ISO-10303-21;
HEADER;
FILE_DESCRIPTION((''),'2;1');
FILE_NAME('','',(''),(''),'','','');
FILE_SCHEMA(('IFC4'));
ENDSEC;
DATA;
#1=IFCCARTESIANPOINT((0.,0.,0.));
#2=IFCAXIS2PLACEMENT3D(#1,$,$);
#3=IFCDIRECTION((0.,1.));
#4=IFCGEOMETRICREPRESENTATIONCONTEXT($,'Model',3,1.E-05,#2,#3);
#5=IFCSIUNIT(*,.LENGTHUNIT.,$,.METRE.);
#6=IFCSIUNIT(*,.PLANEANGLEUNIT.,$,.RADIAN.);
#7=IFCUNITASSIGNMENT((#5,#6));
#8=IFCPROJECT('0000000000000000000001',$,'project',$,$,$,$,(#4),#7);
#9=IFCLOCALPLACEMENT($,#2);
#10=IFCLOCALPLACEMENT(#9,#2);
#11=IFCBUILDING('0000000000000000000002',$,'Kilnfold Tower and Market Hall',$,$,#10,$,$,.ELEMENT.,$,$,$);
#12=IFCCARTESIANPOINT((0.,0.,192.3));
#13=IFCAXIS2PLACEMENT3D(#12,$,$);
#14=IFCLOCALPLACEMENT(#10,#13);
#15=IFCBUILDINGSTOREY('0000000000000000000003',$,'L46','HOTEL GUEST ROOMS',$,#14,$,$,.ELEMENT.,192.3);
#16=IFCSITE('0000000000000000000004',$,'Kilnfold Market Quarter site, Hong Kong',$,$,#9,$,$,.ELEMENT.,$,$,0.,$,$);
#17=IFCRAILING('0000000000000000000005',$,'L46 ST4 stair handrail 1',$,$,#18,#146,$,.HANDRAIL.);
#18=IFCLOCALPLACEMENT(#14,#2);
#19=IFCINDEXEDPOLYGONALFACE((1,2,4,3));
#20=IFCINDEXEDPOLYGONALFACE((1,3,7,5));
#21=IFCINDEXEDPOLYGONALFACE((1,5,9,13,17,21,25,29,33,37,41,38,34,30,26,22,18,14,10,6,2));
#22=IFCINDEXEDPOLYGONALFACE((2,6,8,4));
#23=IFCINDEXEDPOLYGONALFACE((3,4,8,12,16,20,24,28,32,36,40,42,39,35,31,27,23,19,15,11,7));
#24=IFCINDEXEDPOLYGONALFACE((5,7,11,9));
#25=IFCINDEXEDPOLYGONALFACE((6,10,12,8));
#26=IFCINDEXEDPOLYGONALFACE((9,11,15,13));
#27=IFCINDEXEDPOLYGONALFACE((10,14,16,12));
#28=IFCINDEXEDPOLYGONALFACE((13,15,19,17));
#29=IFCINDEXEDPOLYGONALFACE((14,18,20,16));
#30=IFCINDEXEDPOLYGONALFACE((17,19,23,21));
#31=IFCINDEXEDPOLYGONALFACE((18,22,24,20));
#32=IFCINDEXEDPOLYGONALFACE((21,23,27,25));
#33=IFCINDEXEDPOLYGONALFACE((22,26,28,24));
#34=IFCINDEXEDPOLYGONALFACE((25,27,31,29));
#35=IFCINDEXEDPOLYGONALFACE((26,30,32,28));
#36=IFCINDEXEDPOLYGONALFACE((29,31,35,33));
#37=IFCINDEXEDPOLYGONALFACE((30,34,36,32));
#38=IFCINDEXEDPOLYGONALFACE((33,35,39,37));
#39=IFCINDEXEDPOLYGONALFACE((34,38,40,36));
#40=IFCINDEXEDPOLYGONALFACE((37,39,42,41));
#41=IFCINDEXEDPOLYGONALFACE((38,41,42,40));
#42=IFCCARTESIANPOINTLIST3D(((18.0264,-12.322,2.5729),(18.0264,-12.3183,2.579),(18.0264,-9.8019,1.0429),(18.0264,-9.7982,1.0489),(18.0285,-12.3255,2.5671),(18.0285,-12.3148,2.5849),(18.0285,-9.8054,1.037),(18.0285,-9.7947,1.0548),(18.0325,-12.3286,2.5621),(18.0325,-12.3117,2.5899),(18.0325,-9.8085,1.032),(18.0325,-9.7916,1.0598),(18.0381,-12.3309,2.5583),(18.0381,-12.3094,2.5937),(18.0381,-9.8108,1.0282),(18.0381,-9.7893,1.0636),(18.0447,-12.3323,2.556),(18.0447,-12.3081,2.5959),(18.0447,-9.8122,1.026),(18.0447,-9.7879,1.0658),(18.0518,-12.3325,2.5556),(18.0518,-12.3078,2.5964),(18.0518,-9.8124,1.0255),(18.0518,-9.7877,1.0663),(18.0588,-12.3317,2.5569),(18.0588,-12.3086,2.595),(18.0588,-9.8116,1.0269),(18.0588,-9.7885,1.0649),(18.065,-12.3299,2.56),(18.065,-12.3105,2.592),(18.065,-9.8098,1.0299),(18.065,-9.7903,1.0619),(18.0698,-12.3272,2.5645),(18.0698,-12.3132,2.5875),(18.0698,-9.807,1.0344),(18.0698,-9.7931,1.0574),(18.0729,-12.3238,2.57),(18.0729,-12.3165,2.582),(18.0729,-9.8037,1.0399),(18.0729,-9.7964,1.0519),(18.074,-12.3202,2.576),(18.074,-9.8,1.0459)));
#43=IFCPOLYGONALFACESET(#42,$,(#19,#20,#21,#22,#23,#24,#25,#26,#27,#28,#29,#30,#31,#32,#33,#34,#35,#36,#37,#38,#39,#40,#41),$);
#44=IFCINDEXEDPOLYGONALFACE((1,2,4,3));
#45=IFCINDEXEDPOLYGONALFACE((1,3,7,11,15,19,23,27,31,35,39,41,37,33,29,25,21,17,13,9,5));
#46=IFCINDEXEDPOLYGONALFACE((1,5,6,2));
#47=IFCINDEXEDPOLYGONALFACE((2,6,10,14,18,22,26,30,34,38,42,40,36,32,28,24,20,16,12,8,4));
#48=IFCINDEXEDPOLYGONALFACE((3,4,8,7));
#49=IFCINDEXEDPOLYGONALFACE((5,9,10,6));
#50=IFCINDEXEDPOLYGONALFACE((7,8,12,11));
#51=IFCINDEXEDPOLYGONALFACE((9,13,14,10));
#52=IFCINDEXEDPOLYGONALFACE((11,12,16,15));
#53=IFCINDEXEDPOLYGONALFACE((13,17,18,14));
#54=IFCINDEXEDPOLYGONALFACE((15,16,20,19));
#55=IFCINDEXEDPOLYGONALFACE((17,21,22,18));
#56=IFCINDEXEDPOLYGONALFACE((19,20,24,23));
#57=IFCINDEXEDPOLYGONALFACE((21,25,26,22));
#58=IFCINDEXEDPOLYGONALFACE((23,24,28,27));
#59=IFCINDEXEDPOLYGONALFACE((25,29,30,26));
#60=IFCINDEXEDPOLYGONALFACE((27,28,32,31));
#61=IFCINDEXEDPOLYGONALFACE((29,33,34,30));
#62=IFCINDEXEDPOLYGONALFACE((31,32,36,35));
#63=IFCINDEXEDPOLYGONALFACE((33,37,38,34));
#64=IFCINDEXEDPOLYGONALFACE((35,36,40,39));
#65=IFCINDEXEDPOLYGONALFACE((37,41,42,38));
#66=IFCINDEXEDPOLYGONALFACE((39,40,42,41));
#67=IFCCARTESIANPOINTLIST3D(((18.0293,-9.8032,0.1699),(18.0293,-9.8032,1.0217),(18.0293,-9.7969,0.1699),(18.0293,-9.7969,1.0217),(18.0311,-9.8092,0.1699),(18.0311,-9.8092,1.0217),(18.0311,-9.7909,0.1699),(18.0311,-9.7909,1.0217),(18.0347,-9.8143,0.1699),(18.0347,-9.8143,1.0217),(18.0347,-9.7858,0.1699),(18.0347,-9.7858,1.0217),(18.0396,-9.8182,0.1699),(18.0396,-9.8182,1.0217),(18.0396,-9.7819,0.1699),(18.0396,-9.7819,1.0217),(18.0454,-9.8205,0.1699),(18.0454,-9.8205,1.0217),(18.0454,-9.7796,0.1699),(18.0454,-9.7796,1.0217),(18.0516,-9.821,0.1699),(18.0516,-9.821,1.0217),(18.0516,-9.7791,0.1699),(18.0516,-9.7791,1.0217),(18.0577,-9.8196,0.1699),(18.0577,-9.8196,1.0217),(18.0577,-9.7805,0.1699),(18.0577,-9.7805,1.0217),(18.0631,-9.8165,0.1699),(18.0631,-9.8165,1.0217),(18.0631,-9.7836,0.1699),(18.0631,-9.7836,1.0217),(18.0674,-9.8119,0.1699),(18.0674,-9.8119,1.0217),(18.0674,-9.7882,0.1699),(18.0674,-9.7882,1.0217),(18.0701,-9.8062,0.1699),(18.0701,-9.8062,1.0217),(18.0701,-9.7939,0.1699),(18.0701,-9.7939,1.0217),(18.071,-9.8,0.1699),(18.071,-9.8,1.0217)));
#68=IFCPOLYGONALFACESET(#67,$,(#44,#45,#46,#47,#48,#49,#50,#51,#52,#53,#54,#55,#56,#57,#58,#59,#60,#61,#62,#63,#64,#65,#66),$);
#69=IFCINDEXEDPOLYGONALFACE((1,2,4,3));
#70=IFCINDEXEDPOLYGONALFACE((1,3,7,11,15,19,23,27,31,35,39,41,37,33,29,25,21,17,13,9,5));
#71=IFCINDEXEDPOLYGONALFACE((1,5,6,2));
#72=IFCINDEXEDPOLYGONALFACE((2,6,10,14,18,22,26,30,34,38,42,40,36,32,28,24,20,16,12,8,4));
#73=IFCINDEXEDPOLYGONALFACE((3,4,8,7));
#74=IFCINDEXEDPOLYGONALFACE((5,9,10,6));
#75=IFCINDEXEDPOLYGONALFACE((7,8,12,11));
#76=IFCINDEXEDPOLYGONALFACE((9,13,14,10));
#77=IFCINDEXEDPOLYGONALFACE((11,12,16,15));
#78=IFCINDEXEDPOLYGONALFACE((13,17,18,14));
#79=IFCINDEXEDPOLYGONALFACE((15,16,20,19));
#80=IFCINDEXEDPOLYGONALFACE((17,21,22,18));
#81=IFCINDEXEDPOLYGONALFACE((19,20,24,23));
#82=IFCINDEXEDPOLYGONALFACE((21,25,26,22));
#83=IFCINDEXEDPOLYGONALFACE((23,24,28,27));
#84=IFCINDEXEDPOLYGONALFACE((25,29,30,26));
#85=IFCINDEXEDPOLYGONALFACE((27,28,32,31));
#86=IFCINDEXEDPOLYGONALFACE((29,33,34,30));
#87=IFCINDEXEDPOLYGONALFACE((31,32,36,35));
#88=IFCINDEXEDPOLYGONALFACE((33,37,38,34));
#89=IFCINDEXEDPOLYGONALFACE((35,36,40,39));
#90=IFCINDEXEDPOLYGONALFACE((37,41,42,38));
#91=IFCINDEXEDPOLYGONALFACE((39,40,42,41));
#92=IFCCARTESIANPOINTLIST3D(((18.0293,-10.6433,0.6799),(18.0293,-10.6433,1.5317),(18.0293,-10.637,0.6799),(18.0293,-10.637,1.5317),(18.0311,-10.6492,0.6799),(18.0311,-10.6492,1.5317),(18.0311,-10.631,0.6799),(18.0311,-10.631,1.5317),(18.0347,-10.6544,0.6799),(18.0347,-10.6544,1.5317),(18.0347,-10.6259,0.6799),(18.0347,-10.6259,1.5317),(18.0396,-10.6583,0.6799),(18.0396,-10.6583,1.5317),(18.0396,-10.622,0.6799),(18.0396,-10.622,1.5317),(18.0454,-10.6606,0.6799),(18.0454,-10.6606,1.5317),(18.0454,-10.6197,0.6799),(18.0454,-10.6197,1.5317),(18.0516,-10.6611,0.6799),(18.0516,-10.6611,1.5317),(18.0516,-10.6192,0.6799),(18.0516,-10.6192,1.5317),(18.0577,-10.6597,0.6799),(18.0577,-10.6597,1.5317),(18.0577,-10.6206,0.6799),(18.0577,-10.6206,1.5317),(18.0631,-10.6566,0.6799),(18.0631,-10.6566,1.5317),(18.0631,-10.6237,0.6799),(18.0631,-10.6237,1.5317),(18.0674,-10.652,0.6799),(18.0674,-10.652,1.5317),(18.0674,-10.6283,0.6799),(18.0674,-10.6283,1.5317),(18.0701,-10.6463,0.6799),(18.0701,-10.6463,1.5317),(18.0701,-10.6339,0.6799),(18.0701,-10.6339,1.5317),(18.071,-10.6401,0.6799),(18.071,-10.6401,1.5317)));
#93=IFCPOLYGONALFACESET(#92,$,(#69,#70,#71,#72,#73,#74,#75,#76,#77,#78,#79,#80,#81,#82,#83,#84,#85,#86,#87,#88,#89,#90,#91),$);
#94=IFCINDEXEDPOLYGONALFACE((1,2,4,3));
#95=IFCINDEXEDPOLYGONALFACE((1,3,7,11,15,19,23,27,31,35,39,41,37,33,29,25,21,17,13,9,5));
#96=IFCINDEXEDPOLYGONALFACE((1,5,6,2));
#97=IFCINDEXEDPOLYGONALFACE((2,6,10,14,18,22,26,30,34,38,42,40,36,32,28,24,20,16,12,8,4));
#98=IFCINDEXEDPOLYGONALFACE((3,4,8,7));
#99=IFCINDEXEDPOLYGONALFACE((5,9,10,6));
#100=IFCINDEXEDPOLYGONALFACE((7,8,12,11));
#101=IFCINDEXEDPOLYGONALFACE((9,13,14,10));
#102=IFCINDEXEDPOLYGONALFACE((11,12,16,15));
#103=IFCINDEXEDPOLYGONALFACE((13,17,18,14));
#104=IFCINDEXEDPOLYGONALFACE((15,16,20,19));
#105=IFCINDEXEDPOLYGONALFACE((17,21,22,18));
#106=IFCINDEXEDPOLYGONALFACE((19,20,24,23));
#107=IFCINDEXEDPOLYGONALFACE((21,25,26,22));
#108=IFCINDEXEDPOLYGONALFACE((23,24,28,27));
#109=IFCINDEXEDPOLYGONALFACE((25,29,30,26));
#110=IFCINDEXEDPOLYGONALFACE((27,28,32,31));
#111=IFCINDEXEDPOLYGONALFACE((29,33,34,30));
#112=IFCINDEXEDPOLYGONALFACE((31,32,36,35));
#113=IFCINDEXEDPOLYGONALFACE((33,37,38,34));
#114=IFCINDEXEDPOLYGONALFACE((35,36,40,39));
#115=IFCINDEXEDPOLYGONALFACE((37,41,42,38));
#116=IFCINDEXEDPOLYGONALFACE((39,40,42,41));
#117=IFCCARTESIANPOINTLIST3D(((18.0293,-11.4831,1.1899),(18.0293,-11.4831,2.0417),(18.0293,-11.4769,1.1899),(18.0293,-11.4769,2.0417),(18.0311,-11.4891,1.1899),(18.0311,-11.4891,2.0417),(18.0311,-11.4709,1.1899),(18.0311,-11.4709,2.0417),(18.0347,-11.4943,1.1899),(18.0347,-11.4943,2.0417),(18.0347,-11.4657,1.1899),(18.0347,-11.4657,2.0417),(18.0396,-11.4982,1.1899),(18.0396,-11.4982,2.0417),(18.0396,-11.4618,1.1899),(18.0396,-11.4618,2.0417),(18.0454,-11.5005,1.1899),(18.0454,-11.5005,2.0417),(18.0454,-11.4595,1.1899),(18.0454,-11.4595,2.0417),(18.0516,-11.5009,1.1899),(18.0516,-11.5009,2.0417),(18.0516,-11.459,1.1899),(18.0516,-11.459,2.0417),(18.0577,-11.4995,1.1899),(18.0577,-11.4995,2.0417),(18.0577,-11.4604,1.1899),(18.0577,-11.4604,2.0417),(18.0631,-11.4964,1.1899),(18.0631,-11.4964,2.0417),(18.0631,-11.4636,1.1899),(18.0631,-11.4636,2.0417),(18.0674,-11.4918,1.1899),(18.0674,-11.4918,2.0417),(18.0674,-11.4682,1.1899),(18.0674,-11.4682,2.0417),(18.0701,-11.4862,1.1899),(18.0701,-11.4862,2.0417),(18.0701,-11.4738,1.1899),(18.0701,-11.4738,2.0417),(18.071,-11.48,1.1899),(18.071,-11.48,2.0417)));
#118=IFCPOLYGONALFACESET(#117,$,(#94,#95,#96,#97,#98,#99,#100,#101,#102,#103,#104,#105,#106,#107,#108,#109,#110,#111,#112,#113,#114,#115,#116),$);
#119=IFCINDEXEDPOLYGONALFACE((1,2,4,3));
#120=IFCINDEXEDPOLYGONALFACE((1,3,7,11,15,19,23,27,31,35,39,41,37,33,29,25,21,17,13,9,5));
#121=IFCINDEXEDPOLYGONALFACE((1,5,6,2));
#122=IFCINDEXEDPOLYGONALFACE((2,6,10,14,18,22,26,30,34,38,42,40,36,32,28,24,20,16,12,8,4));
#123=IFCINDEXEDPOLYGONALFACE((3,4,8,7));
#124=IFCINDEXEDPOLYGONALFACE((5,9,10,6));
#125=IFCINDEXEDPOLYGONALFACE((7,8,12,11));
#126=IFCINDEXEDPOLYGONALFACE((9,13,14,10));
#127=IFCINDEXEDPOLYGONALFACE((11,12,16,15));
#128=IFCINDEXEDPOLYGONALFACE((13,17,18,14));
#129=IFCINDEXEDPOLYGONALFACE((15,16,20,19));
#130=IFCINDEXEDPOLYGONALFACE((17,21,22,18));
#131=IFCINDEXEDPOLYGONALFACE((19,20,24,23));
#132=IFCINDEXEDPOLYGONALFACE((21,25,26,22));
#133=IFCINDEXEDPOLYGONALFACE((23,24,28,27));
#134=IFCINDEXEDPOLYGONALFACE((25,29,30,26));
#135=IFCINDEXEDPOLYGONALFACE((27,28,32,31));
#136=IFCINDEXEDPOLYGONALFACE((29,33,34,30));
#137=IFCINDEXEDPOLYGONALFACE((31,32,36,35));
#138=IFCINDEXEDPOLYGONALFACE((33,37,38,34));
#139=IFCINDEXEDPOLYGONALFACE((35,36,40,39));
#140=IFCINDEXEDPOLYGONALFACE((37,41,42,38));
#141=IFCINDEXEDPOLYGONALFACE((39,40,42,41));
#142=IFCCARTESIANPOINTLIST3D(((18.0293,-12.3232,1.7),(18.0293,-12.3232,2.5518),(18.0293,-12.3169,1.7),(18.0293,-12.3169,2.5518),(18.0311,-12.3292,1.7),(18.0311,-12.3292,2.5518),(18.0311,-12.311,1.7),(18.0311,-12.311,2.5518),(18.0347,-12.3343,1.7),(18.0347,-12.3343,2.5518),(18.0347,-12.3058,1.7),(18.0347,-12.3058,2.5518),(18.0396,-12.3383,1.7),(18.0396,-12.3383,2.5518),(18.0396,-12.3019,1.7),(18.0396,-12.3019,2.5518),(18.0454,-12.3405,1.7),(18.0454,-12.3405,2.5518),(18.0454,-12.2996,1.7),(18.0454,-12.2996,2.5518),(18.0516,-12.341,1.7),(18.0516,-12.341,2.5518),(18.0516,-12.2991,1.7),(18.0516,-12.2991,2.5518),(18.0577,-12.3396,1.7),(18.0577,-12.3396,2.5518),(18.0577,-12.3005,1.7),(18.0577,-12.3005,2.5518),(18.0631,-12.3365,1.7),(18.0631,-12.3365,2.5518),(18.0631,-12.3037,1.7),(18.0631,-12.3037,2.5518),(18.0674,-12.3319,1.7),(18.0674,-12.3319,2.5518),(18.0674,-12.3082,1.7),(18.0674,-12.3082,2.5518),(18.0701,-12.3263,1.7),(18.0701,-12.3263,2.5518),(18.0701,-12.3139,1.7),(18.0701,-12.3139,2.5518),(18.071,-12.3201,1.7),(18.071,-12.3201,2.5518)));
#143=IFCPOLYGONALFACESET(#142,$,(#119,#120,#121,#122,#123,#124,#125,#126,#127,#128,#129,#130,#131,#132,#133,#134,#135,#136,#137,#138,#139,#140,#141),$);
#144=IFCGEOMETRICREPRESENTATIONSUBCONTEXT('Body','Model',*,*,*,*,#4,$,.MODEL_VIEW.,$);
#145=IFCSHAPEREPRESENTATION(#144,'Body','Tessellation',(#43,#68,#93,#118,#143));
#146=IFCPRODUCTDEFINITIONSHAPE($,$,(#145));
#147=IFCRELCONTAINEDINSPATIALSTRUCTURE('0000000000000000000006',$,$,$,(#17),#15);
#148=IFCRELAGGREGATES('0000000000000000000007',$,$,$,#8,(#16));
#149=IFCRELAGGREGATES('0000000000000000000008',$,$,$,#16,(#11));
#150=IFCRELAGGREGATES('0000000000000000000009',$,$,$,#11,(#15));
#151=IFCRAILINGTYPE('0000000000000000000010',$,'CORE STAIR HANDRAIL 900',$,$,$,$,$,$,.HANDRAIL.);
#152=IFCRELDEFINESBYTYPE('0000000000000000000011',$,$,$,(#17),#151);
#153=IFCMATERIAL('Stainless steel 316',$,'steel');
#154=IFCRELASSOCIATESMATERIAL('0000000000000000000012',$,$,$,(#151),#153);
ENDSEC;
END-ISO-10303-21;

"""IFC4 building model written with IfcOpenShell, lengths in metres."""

from ifc_helpers import new_model, si_unit, direction, frame, origin, origin_2d, place, context, subcontext, project, spatial, circle, extrude, material, type_object, element, save


model = new_model("IFC4")

# Units and contexts
model_context = context("Model", 3, precision=1e-05, world=origin(), true_north=direction((0.0, 1.0)))
body_context = subcontext(model_context, "Body", "Model", "MODEL_VIEW")
ifc_project = project(units=[si_unit("LENGTHUNIT", "METRE"), si_unit("PLANEANGLEUNIT", "RADIAN")], contexts=[model_context])

# Site, building, storey
site_placement = place(None, origin())
site = spatial("IfcSite", under=ifc_project, at=site_placement, Name="Kilnfold Market Quarter site, Hong Kong", CompositionType="ELEMENT", RefElevation=0.0)
building_placement = place(site_placement, origin())
building = spatial("IfcBuilding", under=site, at=building_placement, Name="Kilnfold Tower and Market Hall", CompositionType="ELEMENT")
storey_placement = place(building_placement, frame((0.0, 0.0, 192.3)))
storey = spatial("IfcBuildingStorey", under=building, at=storey_placement, Name="L46", Description="HOTEL GUEST ROOMS", CompositionType="ELEMENT", Elevation=192.3)

# Railing
ifc_material_1 = material(Name="Stainless steel 316", Category="steel")
railing_type_1 = type_object("IfcRailingType", Name="CORE STAIR HANDRAIL 900", PredefinedType="HANDRAIL", material=ifc_material_1)
railing_1_placement = place(storey_placement, frame((18.05, -9.8, 0.1699)))
element("IfcRailing", 1, at=railing_1_placement, inside=storey, type_object=railing_type_1, Name="L46 ST4 stair handrail 1", PredefinedType="HANDRAIL", context=body_context, shape_type="SweptSolid", body=[
    extrude(circle(Radius=0.0239, at=origin_2d()), frame((0.0, 0.0, 0.876), z_axis=(0.0, -0.854785, 0.518982), x_axis=(1.0, 0.0, 0.0)), (0.0, 0.0, 1.0), 2.9482),
    extrude(circle(Radius=0.021, at=origin_2d()), origin(), (0.0, 0.0, 1.0), 0.8518),
    extrude(circle(Radius=0.021, at=origin_2d()), frame((0.0, -0.8401, 0.51)), (0.0, 0.0, 1.0), 0.8518),
    extrude(circle(Radius=0.021, at=origin_2d()), frame((0.0, -1.6799, 1.02)), (0.0, 0.0, 1.0), 0.8518),
    extrude(circle(Radius=0.021, at=origin_2d()), frame((0.0, -2.52, 1.53)), (0.0, 0.0, 1.0), 0.8518),
])

save(model, "model.ifc")
